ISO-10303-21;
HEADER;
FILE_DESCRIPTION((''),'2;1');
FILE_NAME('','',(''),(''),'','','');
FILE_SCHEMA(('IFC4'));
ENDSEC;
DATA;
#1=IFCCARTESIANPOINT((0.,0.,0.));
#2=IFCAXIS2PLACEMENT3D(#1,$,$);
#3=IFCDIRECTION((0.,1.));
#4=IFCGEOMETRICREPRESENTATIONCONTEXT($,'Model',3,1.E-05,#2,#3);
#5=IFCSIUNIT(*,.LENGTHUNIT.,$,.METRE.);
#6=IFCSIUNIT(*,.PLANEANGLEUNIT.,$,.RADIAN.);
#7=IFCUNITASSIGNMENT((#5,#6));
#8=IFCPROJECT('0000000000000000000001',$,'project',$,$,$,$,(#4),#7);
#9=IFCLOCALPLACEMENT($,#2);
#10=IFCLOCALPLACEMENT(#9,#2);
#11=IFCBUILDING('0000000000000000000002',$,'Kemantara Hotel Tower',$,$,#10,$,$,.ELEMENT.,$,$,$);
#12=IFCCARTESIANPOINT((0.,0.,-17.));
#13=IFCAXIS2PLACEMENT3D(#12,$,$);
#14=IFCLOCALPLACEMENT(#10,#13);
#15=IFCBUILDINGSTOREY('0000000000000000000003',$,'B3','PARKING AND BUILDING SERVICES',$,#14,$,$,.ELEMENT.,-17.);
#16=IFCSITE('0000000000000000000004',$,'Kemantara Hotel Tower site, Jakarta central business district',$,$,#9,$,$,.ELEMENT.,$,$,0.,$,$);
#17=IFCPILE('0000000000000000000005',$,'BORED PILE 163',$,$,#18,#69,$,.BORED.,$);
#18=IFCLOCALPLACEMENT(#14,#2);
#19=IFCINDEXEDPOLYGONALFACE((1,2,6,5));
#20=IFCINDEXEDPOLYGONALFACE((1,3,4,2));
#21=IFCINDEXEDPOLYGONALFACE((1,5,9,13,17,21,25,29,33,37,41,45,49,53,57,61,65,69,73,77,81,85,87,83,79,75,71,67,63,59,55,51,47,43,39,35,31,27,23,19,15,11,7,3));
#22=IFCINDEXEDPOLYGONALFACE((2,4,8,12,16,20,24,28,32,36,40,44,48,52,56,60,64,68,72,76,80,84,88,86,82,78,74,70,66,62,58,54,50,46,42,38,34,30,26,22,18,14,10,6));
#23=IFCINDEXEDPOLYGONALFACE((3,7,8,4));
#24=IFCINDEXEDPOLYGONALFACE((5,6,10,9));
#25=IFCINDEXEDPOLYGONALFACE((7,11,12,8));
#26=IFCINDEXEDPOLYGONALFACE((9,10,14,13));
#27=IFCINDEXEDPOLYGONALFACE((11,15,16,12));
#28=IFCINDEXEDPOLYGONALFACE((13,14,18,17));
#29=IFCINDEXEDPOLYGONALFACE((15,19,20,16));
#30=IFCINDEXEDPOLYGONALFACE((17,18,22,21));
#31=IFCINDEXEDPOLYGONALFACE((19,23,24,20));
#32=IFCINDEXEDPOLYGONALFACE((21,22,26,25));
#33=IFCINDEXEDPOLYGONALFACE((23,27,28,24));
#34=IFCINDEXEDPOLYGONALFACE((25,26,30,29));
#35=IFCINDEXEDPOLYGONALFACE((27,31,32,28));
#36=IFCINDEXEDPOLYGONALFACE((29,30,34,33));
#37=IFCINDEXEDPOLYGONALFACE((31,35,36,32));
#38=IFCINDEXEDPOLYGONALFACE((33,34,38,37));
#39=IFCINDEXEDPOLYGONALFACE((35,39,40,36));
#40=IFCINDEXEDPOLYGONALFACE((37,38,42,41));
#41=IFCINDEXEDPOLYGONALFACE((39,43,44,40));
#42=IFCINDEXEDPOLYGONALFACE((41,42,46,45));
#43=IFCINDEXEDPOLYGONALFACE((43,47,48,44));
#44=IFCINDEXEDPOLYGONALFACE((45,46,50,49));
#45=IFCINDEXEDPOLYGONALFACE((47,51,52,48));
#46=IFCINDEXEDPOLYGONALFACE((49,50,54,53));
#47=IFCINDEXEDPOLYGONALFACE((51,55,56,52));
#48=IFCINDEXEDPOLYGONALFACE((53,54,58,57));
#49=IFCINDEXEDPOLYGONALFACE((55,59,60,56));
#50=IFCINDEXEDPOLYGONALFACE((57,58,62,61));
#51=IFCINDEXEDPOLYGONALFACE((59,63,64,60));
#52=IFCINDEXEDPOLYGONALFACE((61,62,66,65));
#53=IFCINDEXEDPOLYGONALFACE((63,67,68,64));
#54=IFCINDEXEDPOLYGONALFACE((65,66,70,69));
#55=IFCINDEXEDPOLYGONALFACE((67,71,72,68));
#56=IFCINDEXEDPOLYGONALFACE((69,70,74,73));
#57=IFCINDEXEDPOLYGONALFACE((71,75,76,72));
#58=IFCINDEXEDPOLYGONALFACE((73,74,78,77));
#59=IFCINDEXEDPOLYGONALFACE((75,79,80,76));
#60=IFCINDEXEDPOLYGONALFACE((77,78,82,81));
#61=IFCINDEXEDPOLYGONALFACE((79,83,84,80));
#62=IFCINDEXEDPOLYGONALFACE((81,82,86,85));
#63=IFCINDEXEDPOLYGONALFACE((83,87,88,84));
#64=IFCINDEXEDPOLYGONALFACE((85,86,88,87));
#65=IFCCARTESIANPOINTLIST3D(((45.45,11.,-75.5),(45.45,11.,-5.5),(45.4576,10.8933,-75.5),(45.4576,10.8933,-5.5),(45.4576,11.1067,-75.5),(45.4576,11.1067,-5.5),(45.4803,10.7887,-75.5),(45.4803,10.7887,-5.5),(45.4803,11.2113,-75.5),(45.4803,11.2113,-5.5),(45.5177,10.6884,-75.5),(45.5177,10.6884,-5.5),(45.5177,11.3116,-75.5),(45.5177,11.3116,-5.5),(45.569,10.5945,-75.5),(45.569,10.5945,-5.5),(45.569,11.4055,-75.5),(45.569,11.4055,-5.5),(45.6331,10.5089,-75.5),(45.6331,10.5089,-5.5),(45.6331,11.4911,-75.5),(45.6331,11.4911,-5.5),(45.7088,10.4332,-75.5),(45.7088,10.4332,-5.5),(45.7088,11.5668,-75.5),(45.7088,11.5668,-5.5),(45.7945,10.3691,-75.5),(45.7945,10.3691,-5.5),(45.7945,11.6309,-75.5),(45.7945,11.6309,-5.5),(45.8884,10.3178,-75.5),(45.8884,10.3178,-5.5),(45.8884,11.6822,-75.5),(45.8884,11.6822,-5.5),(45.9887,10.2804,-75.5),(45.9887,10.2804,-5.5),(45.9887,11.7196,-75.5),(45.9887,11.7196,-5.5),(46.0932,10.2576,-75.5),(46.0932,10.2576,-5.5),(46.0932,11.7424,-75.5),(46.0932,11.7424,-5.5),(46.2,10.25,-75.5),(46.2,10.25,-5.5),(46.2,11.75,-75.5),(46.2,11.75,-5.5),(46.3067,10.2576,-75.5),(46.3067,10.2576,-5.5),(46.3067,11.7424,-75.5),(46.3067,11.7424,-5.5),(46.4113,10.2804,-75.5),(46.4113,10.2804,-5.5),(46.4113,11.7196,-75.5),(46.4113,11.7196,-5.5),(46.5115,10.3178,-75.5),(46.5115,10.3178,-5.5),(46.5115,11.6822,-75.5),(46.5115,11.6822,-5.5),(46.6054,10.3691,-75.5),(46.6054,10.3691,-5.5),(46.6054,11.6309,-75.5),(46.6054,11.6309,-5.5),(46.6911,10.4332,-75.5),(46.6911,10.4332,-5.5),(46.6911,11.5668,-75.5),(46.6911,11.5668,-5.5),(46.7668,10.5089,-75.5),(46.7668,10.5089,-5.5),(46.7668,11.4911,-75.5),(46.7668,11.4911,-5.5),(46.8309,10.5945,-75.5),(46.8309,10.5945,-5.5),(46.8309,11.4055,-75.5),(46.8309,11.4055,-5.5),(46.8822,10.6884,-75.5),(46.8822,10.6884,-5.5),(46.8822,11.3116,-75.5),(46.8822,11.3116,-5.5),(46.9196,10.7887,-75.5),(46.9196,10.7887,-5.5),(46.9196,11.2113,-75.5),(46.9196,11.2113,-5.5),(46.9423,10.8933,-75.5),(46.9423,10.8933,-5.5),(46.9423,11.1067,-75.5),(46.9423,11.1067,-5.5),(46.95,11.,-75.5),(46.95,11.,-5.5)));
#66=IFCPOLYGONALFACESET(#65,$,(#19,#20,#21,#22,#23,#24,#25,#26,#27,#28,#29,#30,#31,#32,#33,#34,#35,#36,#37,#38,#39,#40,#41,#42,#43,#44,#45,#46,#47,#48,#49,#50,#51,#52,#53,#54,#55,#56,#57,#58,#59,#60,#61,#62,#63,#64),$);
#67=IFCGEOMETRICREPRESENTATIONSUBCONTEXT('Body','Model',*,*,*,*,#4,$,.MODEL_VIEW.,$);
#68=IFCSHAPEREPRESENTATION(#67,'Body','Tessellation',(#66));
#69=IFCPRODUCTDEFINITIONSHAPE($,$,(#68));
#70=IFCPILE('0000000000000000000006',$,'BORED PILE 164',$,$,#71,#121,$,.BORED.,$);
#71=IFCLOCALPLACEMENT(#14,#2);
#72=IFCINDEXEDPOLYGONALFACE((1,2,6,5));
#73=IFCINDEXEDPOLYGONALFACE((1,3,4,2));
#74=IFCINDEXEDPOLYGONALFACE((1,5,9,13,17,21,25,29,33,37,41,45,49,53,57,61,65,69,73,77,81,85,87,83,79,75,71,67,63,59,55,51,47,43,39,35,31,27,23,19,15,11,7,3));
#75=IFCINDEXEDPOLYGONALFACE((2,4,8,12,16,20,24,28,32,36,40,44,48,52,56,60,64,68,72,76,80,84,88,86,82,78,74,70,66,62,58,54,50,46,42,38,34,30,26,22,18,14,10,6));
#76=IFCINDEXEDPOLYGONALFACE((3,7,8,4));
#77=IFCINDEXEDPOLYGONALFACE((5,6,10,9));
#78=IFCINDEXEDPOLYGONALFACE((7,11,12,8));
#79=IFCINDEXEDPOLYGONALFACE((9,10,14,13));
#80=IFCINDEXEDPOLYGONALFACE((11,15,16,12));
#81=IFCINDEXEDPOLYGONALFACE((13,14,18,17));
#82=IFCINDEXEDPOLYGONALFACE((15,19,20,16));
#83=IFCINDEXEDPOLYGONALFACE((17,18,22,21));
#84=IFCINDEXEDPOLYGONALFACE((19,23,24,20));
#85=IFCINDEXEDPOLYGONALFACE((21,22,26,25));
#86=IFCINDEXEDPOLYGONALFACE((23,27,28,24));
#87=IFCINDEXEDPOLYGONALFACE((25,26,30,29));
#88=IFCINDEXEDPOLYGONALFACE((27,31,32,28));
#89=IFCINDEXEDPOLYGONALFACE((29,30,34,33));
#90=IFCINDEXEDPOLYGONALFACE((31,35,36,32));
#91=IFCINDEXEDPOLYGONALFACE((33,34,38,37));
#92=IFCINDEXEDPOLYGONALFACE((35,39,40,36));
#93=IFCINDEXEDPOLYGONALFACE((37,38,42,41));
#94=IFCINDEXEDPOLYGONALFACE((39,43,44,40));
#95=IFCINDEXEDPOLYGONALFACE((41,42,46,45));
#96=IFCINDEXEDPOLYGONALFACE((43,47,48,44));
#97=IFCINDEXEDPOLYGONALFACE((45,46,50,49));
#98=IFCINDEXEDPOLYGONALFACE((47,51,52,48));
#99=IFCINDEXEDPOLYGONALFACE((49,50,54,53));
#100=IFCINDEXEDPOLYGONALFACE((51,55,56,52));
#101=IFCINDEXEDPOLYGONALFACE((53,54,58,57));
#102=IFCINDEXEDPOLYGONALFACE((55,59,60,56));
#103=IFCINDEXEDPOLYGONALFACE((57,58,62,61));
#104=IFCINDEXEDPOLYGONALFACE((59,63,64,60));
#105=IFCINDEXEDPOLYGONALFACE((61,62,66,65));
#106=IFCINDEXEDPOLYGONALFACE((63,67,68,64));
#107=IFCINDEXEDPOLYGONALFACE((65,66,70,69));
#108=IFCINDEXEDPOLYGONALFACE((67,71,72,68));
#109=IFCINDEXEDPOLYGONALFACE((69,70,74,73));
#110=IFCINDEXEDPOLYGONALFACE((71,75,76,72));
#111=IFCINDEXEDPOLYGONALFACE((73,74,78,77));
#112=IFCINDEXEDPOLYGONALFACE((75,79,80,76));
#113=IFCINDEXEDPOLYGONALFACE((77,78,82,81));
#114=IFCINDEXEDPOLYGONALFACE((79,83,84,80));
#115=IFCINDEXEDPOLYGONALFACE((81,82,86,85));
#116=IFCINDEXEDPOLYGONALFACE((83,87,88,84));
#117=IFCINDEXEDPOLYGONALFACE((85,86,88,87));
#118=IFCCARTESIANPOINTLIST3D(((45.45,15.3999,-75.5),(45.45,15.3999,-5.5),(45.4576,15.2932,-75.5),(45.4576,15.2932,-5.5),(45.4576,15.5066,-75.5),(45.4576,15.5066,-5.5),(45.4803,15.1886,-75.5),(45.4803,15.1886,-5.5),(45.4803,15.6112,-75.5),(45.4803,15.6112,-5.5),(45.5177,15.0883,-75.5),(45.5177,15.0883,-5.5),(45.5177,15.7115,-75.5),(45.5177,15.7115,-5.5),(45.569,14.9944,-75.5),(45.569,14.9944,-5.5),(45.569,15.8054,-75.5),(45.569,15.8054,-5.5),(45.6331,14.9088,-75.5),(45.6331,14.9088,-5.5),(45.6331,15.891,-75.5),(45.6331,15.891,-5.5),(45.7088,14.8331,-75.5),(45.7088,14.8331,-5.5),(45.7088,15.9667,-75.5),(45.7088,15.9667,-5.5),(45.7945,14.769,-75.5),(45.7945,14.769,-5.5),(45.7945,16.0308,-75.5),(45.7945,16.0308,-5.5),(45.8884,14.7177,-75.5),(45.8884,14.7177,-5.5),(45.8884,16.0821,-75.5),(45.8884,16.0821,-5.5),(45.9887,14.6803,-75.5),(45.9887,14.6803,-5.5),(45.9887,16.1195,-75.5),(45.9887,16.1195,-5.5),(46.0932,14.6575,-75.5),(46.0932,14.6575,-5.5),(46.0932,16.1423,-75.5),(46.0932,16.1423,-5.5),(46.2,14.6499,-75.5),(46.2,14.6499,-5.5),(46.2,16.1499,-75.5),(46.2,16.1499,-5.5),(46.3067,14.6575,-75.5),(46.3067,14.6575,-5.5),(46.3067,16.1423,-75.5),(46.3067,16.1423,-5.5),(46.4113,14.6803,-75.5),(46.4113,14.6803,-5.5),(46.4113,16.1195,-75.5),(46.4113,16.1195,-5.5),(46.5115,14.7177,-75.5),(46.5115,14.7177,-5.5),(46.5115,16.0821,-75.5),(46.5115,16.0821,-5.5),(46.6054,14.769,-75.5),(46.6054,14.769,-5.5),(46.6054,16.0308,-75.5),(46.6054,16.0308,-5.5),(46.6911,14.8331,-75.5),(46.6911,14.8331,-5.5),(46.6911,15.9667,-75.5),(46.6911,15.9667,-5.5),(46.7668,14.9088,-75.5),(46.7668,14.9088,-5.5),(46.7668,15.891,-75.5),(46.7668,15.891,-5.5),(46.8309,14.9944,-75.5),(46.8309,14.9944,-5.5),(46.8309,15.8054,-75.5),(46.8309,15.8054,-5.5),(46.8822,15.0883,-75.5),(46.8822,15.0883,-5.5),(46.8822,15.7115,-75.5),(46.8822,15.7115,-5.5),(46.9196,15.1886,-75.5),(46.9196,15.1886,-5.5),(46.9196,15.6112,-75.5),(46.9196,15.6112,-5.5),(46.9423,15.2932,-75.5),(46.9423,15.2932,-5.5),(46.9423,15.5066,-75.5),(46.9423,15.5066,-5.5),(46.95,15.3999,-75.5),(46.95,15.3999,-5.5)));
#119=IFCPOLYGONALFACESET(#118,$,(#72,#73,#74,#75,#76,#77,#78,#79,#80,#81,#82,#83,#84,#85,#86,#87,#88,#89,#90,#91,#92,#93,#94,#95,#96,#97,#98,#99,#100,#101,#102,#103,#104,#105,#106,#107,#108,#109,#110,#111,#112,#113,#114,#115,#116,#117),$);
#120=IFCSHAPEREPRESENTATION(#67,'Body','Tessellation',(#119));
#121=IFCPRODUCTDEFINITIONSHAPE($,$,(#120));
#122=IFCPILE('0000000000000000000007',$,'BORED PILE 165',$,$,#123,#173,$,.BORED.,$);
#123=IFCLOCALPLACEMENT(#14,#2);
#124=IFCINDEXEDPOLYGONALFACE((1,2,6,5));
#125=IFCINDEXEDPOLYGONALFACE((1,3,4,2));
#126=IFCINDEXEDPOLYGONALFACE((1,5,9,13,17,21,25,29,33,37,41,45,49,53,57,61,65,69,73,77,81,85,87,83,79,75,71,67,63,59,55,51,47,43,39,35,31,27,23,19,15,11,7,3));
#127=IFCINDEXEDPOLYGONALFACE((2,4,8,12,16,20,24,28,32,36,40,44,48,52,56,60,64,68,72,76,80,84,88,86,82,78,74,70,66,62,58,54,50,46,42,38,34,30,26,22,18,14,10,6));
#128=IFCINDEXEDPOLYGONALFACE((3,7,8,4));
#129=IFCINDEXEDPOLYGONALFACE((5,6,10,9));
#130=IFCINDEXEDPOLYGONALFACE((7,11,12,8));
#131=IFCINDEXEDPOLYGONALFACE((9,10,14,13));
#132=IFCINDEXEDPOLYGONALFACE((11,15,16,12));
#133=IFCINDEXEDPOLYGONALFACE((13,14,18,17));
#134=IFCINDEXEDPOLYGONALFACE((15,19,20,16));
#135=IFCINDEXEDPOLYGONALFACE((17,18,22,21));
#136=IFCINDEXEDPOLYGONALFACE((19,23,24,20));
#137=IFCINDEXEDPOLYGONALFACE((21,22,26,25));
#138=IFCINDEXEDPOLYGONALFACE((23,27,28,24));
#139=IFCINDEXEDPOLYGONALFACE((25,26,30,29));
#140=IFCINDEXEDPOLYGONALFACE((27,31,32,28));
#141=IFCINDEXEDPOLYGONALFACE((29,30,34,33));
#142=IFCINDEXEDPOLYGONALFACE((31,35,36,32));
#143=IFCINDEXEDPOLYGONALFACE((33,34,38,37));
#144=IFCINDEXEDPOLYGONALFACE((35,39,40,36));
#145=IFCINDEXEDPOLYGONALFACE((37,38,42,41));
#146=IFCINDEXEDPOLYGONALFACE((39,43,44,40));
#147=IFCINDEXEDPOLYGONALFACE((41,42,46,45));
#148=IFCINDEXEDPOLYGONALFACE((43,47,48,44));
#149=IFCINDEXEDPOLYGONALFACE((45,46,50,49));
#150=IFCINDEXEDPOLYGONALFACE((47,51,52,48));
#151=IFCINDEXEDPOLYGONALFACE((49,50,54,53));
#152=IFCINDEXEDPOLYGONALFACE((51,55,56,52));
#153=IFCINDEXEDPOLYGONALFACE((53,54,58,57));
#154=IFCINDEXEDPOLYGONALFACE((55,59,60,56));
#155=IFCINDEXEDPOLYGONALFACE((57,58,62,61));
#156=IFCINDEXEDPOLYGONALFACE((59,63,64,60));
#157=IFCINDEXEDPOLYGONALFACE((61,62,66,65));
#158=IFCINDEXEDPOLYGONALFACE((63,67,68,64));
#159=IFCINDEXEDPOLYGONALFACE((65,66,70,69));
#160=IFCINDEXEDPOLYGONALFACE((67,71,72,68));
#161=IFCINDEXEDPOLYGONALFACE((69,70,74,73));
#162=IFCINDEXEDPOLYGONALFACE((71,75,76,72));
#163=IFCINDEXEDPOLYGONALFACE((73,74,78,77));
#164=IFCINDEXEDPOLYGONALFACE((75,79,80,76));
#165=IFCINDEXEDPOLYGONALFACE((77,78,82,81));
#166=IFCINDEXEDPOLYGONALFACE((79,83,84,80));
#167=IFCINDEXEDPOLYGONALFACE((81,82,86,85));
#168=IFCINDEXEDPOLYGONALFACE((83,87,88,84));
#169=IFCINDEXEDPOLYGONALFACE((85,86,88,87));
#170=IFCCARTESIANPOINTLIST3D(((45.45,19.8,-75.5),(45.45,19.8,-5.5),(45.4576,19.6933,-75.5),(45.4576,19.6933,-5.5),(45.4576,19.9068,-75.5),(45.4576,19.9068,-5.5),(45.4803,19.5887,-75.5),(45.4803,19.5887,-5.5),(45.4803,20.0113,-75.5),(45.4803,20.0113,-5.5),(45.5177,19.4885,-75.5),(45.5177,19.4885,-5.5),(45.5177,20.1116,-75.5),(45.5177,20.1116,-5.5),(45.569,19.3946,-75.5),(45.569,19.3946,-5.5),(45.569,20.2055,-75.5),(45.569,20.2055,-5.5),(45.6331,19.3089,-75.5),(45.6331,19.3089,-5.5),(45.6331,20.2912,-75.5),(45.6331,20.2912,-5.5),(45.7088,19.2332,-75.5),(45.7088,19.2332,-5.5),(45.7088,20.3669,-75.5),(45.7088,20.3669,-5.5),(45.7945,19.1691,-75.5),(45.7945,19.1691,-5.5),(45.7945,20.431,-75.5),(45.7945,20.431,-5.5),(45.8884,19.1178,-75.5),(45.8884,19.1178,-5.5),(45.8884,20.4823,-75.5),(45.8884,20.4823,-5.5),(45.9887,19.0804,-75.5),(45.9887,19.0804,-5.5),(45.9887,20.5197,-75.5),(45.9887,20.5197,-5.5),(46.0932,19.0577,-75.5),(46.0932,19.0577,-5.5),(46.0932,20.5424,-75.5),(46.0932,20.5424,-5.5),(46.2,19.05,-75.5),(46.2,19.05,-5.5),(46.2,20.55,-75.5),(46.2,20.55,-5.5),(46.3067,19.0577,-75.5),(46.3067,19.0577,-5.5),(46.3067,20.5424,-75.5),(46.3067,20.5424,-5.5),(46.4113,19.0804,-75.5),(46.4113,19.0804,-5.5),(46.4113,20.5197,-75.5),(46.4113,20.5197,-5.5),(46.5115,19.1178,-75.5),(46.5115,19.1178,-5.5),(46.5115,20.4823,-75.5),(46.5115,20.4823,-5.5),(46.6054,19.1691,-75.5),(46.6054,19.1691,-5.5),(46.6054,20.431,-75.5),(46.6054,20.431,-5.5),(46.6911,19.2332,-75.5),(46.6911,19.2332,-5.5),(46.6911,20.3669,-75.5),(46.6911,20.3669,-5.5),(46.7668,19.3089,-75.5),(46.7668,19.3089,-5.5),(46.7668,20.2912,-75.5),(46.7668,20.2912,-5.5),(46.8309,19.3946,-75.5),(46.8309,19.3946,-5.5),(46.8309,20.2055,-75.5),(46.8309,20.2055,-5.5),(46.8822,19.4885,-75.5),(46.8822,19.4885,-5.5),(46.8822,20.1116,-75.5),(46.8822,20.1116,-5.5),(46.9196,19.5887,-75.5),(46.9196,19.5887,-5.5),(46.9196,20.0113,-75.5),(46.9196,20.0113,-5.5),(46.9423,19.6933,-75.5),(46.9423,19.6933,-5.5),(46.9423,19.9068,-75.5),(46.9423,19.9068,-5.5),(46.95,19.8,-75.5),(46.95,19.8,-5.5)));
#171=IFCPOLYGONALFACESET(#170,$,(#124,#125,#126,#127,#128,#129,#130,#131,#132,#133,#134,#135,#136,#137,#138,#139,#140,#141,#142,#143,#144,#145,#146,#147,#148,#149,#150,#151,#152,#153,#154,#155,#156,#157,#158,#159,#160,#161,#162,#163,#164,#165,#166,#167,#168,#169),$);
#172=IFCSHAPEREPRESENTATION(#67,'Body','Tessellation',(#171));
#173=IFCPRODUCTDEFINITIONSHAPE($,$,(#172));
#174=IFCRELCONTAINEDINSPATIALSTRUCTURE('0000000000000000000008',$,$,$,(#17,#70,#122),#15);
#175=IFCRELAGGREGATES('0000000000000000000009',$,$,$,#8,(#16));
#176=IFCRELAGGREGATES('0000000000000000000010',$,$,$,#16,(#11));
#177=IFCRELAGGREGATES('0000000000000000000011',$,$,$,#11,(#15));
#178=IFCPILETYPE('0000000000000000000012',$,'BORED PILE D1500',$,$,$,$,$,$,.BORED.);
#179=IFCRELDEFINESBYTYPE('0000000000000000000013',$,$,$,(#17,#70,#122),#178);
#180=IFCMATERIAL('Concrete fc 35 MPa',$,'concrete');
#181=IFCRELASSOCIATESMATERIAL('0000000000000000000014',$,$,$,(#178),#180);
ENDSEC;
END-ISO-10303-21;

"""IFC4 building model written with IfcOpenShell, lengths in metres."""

from ifc_helpers import new_model, si_unit, direction, frame, origin, origin_2d, place, context, subcontext, project, spatial, circle, extrude, material, material_profile, profile_set, type_object, element, save


model = new_model("IFC4")

# Units and contexts
model_context = context("Model", 3, precision=1e-05, world=origin(), true_north=direction((0.0, 1.0)))
body_context = subcontext(model_context, "Body", "Model", "MODEL_VIEW")
ifc_project = project(units=[si_unit("LENGTHUNIT", "METRE"), si_unit("PLANEANGLEUNIT", "RADIAN")], contexts=[model_context])

# Site, building, storey
site_placement = place(None, origin())
site = spatial("IfcSite", under=ifc_project, at=site_placement, Name="Kemantara Hotel Tower site, Jakarta central business district", CompositionType="ELEMENT", RefElevation=0.0)
building_placement = place(site_placement, origin())
building = spatial("IfcBuilding", under=site, at=building_placement, Name="Kemantara Hotel Tower", CompositionType="ELEMENT")
storey_placement = place(building_placement, frame((0.0, 0.0, -17.0)))
storey = spatial("IfcBuildingStorey", under=building, at=storey_placement, Name="B3", Description="PARKING AND BUILDING SERVICES", CompositionType="ELEMENT", Elevation=-17.0)

# Piles
ifc_material_1 = material(Name="Concrete fc 35 MPa", Category="concrete")
ifc_material_profile_1 = material_profile(ifc_material_1, circle(Radius=0.75, at=origin_2d()), Name="BORED PILE D1500")
ifc_profile_set_1 = profile_set([ifc_material_profile_1], Name="Concrete fc 35 MPa")
pile_type = type_object("IfcPileType", Name="BORED PILE D1500", PredefinedType="BORED", material=ifc_profile_set_1)
for number, where, z_axis, x_axis, name in (
    (1, (46.2, 11.0, -5.5), (0.0, 0.0, -1.0), (1.0, 0.0, 0.0), "BORED PILE 163"),
    (2, (46.2, 15.3999, -5.5), (0.0, 0.0, -1.0), (1.0, 0.0, 0.0), "BORED PILE 164"),
    (3, (46.2, 19.8, -5.5), (0.0, 0.0, -1.0), (1.0, 0.0, 0.0), "BORED PILE 165"),
):
    element("IfcPile", number, at=place(storey_placement, frame(where, z_axis=z_axis, x_axis=x_axis)), inside=storey, type_object=pile_type, Name=name, PredefinedType="BORED", context=body_context, shape_type="SweptSolid", body=[
        extrude(circle(Radius=0.75, at=origin_2d()), origin(), (0.0, 0.0, 1.0), 70.0),
    ])

save(model, "model.ifc")
